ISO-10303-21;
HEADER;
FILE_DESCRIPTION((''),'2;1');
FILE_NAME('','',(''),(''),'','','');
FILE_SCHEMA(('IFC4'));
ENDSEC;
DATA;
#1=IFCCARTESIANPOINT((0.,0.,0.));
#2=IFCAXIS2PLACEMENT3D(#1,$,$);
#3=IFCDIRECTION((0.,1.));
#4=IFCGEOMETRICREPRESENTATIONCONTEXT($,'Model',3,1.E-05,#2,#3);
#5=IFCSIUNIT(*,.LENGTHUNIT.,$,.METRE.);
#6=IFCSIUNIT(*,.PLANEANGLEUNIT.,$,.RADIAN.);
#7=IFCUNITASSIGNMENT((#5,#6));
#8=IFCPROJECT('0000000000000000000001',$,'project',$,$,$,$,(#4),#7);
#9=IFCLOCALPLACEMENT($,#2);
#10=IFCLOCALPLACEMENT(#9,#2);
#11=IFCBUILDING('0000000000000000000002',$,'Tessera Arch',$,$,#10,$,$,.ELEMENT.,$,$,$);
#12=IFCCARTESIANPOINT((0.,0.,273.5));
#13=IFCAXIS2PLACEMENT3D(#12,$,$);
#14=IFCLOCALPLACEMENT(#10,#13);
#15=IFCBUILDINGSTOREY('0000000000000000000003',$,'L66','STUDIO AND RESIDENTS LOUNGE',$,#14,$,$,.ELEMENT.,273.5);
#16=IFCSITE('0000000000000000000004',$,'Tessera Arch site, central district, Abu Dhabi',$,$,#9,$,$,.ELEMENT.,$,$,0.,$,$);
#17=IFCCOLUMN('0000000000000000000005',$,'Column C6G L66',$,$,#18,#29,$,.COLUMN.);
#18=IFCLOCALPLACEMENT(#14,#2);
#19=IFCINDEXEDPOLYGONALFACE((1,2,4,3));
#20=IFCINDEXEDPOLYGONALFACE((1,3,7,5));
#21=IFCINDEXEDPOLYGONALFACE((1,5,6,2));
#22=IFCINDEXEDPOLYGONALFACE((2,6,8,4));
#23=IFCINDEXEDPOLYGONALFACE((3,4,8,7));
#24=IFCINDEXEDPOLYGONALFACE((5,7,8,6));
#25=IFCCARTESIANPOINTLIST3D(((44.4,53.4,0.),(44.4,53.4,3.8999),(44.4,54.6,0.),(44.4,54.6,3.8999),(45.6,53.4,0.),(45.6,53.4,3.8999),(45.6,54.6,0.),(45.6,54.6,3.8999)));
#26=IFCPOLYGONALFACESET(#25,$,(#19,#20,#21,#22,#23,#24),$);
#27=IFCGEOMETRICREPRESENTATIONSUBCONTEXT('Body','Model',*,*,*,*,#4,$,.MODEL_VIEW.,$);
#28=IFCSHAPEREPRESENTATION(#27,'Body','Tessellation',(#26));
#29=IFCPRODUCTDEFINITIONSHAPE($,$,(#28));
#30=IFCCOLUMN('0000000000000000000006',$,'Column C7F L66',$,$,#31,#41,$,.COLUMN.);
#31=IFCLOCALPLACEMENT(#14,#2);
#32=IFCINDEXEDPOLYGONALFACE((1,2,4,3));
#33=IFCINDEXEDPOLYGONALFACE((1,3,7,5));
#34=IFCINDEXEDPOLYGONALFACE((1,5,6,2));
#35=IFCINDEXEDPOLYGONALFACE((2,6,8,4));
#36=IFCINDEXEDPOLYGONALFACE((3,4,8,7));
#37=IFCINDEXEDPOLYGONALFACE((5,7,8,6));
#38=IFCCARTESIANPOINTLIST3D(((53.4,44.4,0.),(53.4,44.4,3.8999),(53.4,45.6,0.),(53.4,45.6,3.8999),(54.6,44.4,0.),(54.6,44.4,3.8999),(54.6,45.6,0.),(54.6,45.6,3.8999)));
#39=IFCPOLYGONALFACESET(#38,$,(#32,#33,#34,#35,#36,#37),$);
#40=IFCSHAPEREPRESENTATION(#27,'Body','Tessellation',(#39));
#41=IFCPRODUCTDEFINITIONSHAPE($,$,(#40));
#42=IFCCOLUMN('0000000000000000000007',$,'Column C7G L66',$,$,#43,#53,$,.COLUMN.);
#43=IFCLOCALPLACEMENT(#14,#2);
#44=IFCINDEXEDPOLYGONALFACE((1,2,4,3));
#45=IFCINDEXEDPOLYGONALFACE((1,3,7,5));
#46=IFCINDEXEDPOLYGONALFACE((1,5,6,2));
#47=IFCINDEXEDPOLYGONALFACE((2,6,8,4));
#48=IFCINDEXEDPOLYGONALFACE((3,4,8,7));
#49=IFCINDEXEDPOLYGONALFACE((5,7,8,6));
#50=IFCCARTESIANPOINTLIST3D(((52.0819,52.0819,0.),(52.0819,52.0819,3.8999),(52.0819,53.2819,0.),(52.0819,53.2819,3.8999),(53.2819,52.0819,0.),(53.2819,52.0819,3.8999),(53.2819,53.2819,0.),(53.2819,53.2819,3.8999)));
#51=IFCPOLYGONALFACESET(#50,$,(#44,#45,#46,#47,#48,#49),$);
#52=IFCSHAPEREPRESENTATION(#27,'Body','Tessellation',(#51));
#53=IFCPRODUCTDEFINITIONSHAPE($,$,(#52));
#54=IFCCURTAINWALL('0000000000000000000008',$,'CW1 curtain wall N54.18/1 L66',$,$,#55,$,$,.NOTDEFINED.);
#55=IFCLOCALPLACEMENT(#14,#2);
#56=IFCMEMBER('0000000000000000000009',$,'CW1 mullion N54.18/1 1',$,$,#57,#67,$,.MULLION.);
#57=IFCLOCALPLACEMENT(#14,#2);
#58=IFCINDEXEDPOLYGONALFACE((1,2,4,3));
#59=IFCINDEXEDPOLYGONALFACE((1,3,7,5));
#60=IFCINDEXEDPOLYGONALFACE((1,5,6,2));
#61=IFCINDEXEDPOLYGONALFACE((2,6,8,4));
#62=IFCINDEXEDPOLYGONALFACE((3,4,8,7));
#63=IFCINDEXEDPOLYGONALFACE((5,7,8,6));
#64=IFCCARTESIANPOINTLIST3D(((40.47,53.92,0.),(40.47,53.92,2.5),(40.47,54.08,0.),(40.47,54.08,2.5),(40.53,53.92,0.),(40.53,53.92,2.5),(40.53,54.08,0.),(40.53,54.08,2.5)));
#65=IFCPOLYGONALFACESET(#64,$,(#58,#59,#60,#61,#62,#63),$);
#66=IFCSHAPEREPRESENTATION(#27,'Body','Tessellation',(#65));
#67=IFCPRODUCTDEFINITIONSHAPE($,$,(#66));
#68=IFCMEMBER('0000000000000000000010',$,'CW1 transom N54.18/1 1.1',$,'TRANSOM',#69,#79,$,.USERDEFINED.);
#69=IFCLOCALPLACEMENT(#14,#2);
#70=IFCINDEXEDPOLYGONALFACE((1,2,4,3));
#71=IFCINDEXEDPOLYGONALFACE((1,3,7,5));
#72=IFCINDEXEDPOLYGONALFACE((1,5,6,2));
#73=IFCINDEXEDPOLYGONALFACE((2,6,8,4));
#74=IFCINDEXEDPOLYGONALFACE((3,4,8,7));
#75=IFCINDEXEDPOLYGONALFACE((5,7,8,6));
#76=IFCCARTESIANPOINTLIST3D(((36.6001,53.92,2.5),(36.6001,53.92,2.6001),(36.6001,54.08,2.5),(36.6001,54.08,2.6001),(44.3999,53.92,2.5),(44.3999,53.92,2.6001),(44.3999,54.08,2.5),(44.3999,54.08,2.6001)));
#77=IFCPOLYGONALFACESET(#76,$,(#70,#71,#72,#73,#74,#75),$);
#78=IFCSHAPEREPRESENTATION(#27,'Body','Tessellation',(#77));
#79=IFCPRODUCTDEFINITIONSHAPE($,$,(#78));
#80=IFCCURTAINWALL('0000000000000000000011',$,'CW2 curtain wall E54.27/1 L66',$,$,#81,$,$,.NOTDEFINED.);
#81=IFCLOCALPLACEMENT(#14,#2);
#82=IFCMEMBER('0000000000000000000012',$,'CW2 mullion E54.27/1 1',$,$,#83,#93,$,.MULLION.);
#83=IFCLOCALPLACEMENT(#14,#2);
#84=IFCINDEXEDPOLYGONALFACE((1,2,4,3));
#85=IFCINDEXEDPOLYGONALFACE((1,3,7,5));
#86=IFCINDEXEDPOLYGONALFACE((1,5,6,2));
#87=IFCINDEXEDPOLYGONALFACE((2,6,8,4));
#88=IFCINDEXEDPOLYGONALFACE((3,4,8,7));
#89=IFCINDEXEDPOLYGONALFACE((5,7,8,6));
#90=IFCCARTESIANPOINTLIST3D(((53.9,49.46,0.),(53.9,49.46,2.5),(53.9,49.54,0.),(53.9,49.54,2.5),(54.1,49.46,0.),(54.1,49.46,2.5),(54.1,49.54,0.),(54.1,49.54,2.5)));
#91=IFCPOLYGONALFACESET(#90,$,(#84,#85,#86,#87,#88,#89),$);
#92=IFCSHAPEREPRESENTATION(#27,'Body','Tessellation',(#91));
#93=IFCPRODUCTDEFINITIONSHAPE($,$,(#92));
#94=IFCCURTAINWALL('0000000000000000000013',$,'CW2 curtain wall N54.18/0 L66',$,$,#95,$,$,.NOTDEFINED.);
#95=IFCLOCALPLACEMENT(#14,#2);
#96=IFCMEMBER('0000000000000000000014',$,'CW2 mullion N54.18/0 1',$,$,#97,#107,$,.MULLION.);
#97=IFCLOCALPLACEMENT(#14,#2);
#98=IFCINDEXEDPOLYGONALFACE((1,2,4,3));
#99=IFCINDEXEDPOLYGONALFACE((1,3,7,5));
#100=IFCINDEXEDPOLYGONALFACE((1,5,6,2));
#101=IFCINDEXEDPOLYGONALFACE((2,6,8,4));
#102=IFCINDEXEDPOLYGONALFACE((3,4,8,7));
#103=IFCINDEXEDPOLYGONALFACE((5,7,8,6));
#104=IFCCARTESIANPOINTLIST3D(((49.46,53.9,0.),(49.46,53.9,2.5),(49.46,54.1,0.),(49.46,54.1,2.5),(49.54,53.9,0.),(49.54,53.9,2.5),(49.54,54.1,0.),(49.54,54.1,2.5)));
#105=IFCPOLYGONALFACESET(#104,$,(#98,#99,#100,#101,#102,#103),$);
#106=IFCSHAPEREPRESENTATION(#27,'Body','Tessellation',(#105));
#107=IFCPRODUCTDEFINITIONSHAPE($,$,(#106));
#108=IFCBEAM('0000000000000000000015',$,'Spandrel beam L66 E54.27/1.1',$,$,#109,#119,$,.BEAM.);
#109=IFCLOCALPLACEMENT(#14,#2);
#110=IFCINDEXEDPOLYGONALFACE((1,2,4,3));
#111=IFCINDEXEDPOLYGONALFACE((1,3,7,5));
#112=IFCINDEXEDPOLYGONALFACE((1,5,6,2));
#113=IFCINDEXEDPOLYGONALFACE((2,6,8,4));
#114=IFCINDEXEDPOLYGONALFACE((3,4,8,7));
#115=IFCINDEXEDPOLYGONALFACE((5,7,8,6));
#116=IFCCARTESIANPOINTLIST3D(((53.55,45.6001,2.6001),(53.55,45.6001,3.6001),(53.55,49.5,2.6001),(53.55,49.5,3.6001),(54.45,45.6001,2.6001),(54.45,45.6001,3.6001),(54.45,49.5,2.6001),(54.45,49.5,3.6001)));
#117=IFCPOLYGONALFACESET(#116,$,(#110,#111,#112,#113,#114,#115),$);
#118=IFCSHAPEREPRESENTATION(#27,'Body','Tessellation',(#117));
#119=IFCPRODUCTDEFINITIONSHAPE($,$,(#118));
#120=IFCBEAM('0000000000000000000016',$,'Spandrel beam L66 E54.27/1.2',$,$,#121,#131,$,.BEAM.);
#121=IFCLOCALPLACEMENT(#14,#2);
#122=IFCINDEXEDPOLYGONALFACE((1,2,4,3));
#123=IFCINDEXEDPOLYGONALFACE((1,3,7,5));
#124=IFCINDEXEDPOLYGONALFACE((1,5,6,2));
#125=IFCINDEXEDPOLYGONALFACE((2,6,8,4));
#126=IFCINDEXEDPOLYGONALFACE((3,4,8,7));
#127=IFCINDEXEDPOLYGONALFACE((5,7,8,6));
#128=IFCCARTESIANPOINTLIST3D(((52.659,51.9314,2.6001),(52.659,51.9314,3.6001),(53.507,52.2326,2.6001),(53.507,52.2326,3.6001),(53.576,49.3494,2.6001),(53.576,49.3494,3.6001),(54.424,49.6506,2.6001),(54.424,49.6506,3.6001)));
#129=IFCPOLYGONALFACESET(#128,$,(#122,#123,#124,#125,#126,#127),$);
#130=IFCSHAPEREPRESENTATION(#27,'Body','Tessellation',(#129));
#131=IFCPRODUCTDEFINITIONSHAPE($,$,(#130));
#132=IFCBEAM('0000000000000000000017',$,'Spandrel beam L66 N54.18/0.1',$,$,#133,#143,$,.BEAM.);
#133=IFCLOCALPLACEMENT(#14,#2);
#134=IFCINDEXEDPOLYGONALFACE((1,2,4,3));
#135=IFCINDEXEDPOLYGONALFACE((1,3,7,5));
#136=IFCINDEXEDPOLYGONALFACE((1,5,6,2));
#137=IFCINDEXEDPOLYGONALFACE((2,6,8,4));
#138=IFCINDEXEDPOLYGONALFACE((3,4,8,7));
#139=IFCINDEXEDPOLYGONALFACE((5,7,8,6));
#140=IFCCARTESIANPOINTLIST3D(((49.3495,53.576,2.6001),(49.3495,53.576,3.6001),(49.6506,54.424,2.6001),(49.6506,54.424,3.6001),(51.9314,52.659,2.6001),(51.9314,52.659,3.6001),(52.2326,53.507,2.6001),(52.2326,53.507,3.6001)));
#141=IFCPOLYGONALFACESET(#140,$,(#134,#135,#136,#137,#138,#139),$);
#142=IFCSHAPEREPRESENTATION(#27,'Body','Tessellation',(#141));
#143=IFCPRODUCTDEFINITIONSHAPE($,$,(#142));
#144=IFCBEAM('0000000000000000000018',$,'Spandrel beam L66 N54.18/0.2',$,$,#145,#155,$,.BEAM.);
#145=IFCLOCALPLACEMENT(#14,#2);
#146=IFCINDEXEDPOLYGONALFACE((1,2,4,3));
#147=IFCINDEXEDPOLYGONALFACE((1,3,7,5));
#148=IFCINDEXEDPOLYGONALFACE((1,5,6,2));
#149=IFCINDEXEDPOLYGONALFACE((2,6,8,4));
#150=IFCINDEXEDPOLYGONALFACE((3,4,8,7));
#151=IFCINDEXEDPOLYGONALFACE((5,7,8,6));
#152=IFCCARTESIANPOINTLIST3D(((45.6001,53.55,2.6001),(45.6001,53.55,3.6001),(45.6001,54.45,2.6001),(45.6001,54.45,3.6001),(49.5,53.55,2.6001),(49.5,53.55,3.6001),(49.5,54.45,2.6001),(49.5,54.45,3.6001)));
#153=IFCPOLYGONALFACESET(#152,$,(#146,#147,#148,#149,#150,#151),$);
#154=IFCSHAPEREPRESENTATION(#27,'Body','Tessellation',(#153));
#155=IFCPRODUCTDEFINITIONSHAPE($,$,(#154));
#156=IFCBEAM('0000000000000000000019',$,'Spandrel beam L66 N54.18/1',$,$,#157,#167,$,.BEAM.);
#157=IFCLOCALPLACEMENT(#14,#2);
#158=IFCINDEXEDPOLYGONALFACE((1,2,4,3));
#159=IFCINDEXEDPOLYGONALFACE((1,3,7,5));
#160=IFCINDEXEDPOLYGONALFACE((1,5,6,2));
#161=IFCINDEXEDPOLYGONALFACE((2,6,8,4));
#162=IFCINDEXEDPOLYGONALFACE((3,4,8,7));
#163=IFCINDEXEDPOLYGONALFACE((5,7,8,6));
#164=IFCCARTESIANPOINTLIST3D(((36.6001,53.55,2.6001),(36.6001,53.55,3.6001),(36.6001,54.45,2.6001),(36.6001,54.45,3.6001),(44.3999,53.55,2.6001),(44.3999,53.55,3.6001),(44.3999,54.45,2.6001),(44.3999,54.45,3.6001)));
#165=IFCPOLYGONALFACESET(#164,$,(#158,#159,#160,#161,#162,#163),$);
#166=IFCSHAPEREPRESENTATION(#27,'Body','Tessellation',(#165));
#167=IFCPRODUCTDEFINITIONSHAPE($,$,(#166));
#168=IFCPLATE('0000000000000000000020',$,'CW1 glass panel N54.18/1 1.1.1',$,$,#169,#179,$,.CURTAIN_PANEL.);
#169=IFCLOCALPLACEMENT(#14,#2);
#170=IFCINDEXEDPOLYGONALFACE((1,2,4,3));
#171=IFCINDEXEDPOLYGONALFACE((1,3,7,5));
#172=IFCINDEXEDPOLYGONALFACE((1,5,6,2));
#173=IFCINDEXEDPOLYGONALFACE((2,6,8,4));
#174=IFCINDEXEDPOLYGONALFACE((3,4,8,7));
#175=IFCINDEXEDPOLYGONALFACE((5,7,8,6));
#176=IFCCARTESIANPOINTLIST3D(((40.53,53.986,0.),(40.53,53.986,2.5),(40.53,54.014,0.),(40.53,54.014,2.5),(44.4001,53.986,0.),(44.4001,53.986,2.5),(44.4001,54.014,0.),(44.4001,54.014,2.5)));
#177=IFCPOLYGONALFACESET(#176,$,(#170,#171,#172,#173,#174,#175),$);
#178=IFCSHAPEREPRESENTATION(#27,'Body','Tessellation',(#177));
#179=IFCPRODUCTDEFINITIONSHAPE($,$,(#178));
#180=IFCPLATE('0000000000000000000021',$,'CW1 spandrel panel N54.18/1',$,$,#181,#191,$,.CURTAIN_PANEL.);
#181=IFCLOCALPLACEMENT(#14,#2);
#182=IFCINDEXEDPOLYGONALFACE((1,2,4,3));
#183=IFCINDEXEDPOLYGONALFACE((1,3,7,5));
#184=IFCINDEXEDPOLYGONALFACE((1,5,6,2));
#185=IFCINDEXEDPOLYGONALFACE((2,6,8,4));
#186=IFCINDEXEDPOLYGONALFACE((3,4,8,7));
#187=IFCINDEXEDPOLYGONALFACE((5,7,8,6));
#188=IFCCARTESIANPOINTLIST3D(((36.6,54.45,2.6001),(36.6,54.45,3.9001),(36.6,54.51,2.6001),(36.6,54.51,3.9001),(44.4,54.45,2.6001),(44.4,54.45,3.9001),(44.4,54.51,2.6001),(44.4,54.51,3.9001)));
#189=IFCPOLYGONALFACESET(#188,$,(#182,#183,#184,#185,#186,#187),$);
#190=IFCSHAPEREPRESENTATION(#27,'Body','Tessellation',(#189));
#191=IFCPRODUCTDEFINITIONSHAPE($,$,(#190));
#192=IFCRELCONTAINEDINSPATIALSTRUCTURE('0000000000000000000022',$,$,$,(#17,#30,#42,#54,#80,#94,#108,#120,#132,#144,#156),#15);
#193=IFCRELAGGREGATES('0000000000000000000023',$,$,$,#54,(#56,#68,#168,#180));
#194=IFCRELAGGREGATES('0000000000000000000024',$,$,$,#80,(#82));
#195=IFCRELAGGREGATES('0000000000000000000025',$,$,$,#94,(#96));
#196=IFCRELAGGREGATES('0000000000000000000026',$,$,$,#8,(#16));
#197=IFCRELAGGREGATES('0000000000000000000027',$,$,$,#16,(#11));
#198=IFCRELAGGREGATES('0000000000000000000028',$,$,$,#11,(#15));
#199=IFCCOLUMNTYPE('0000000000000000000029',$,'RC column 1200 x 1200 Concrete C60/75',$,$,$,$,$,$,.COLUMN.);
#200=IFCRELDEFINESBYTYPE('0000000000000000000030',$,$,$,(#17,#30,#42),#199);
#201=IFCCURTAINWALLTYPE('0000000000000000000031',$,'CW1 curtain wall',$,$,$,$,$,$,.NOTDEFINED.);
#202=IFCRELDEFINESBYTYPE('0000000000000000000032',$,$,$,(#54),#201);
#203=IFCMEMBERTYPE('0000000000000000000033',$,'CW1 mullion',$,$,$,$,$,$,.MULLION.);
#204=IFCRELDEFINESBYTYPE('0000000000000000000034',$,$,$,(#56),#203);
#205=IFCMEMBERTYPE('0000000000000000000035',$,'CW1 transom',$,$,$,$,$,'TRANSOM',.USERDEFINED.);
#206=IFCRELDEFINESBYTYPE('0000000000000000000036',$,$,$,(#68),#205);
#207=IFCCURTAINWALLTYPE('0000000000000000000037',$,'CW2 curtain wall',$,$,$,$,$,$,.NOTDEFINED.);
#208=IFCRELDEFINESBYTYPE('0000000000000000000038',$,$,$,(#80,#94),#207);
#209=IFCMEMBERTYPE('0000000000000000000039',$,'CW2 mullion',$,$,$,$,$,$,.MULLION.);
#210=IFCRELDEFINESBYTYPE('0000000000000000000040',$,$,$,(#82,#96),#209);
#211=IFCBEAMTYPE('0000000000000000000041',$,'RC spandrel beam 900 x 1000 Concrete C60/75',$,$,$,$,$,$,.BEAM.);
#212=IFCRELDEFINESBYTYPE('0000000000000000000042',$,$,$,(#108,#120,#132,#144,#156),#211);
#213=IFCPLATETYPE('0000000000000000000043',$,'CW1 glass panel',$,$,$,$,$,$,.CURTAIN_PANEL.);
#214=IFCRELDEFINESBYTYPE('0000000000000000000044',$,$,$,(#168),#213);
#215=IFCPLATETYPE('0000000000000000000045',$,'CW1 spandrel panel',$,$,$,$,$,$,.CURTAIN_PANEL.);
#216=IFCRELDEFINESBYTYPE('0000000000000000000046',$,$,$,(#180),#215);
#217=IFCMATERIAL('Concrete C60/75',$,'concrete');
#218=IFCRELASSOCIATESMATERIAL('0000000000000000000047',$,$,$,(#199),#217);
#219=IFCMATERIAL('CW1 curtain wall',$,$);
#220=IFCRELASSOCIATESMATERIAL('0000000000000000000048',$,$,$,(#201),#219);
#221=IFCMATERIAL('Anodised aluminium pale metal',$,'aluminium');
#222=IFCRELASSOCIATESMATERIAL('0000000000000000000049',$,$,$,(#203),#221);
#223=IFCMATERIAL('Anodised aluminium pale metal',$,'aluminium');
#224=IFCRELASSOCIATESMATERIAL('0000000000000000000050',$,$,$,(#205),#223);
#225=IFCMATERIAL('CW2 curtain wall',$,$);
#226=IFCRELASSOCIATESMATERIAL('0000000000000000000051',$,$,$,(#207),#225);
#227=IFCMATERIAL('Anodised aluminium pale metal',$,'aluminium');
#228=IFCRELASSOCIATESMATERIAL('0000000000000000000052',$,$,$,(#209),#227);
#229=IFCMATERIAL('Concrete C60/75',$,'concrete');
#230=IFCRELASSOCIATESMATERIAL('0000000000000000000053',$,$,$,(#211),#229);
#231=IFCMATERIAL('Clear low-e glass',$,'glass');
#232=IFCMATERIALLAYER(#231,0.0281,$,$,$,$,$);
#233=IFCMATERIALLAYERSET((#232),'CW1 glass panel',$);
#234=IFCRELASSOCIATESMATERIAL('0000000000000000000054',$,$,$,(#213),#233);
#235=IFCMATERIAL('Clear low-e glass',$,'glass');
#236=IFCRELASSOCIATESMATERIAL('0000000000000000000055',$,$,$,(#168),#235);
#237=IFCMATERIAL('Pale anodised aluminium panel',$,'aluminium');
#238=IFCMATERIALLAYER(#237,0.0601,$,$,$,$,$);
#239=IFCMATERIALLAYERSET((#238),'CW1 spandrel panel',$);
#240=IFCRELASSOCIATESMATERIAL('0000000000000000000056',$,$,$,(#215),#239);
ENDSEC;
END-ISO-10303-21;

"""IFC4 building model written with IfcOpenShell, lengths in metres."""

from ifc_helpers import new_model, si_unit, direction, frame, origin, origin_2d, place, context, subcontext, project, spatial, rectangle, extrude, material, layer, layer_set, material_profile, profile_set, type_object, element, aggregate, save


model = new_model("IFC4")

# Units and contexts
model_context = context("Model", 3, precision=1e-05, world=origin(), true_north=direction((0.0, 1.0)))
body_context = subcontext(model_context, "Body", "Model", "MODEL_VIEW")
ifc_project = project(units=[si_unit("LENGTHUNIT", "METRE"), si_unit("PLANEANGLEUNIT", "RADIAN")], contexts=[model_context])

# Site, building, storey
site_placement = place(None, origin())
site = spatial("IfcSite", under=ifc_project, at=site_placement, Name="Tessera Arch site, central district, Abu Dhabi", CompositionType="ELEMENT", RefElevation=0.0)
building_placement = place(site_placement, origin())
building = spatial("IfcBuilding", under=site, at=building_placement, Name="Tessera Arch", CompositionType="ELEMENT")
storey_placement = place(building_placement, frame((0.0, 0.0, 273.5)))
storey = spatial("IfcBuildingStorey", under=building, at=storey_placement, Name="L66", Description="STUDIO AND RESIDENTS LOUNGE", CompositionType="ELEMENT", Elevation=273.5)

# Columns
ifc_material_1 = material(Name="Concrete C60/75", Category="concrete")
ifc_material_profile_1 = material_profile(ifc_material_1, rectangle(XDim=1.2, YDim=1.2, at=origin_2d()), Name="RC column 1200 x 1200 Concrete C60/75")
ifc_profile_set_1 = profile_set([ifc_material_profile_1], Name="Concrete C60/75")
column_type = type_object("IfcColumnType", Name="RC column 1200 x 1200 Concrete C60/75", PredefinedType="COLUMN", material=ifc_profile_set_1)
for number, where, z_axis, x_axis, name in (
    (1, (45.0, 54.0, 0.0), (0.0, 0.0, 1.0), (1.0, 0.0, 0.0), "Column C6G L66"),
    (2, (54.0, 45.0, 0.0), (0.0, 0.0, 1.0), (1.0, 0.0, 0.0), "Column C7F L66"),
    (3, (52.6819, 52.6819, 0.0), (0.0, 0.0, 1.0), (1.0, 0.0, 0.0), "Column C7G L66"),
):
    element("IfcColumn", number, at=place(storey_placement, frame(where, z_axis=z_axis, x_axis=x_axis)), inside=storey, type_object=column_type, Name=name, PredefinedType="COLUMN", context=body_context, shape_type="SweptSolid", body=[
        extrude(rectangle(XDim=1.2, YDim=1.2, at=origin_2d()), origin(), (0.0, 0.0, 1.0), 3.8999),
    ])

# Curtain wall, members
ifc_material_2 = material(Name="CW1 curtain wall")
curtain_wall_type_1 = type_object("IfcCurtainWallType", Name="CW1 curtain wall", PredefinedType="NOTDEFINED", material=ifc_material_2)
curtain_wall_1_placement = place(storey_placement, origin())
curtain_wall_1 = element("IfcCurtainWall", 4, at=curtain_wall_1_placement, inside=storey, type_object=curtain_wall_type_1, Name="CW1 curtain wall N54.18/1 L66", PredefinedType="NOTDEFINED")
ifc_material_3 = material(Name="Anodised aluminium pale metal", Category="aluminium")
ifc_material_profile_2 = material_profile(ifc_material_3, rectangle(XDim=0.1599, YDim=0.0601, at=origin_2d()), Name="AL 60x160")
ifc_profile_set_2 = profile_set([ifc_material_profile_2], Name="Anodised aluminium pale metal")
member_type_1 = type_object("IfcMemberType", Name="CW1 mullion", PredefinedType="MULLION", material=ifc_profile_set_2)
member_1_placement = place(storey_placement, frame((40.5, 54.0, 0.0), z_axis=(0.0, 0.0, 1.0), x_axis=(0.0, -1.0, 0.0)))
member_1 = element("IfcMember", 5, at=member_1_placement, type_object=member_type_1, Name="CW1 mullion N54.18/1 1", PredefinedType="MULLION", context=body_context, shape_type="SweptSolid", body=[
    extrude(rectangle(XDim=0.1599, YDim=0.0601, at=origin_2d()), origin(), (0.0, 0.0, 1.0), 2.5),
])
ifc_material_4 = material(Name="Anodised aluminium pale metal", Category="aluminium")
ifc_material_profile_3 = material_profile(ifc_material_4, rectangle(XDim=0.1599, YDim=0.1001, at=origin_2d()), Name="AL 160x100")
ifc_profile_set_3 = profile_set([ifc_material_profile_3], Name="Anodised aluminium pale metal")
member_type_2 = type_object("IfcMemberType", Name="CW1 transom", ElementType="TRANSOM", PredefinedType="USERDEFINED", material=ifc_profile_set_3)
member_2_placement = place(storey_placement, frame((44.3999, 54.0, 2.55), z_axis=(-1.0, 0.0, 0.0), x_axis=(0.0, -1.0, 0.0)))
member_2 = element("IfcMember", 6, at=member_2_placement, type_object=member_type_2, Name="CW1 transom N54.18/1 1.1", ObjectType="TRANSOM", PredefinedType="USERDEFINED", context=body_context, shape_type="SweptSolid", body=[
    extrude(rectangle(XDim=0.1599, YDim=0.1001, at=origin_2d()), origin(), (0.0, 0.0, 1.0), 7.7998),
])

# Curtain walls, members
ifc_material_5 = material(Name="CW2 curtain wall")
curtain_wall_type_2 = type_object("IfcCurtainWallType", Name="CW2 curtain wall", PredefinedType="NOTDEFINED", material=ifc_material_5)
curtain_wall_2_placement = place(storey_placement, origin())
curtain_wall_2 = element("IfcCurtainWall", 7, at=curtain_wall_2_placement, inside=storey, type_object=curtain_wall_type_2, Name="CW2 curtain wall E54.27/1 L66", PredefinedType="NOTDEFINED")
ifc_material_6 = material(Name="Anodised aluminium pale metal", Category="aluminium")
ifc_material_profile_4 = material_profile(ifc_material_6, rectangle(XDim=0.2, YDim=0.0801, at=origin_2d()), Name="AL 80x200")
ifc_profile_set_4 = profile_set([ifc_material_profile_4], Name="Anodised aluminium pale metal")
member_type_3 = type_object("IfcMemberType", Name="CW2 mullion", PredefinedType="MULLION", material=ifc_profile_set_4)
member_3_placement = place(storey_placement, frame((54.0, 49.5, 0.0), z_axis=(0.0, 0.0, 1.0), x_axis=(-1.0, 0.0, 0.0)))
member_3 = element("IfcMember", 8, at=member_3_placement, type_object=member_type_3, Name="CW2 mullion E54.27/1 1", PredefinedType="MULLION", context=body_context, shape_type="SweptSolid", body=[
    extrude(rectangle(XDim=0.2, YDim=0.0801, at=origin_2d()), origin(), (0.0, 0.0, 1.0), 2.5),
])
curtain_wall_3_placement = place(storey_placement, origin())
curtain_wall_3 = element("IfcCurtainWall", 9, at=curtain_wall_3_placement, inside=storey, type_object=curtain_wall_type_2, Name="CW2 curtain wall N54.18/0 L66", PredefinedType="NOTDEFINED")
member_4_placement = place(storey_placement, frame((49.5, 54.0, 0.0), z_axis=(0.0, 0.0, 1.0), x_axis=(0.0, -1.0, 0.0)))
member_4 = element("IfcMember", 10, at=member_4_placement, type_object=member_type_3, Name="CW2 mullion N54.18/0 1", PredefinedType="MULLION", context=body_context, shape_type="SweptSolid", body=[
    extrude(rectangle(XDim=0.2, YDim=0.0801, at=origin_2d()), origin(), (0.0, 0.0, 1.0), 2.5),
])

# Beams
ifc_material_7 = material(Name="Concrete C60/75", Category="concrete")
ifc_material_profile_5 = material_profile(ifc_material_7, rectangle(XDim=0.8999, YDim=1.0, at=origin_2d()), Name="RC spandrel beam 900 x 1000 Concrete C60/75")
ifc_profile_set_5 = profile_set([ifc_material_profile_5], Name="Concrete C60/75")
beam_type = type_object("IfcBeamType", Name="RC spandrel beam 900 x 1000 Concrete C60/75", PredefinedType="BEAM", material=ifc_profile_set_5)
beam_1_placement = place(storey_placement, frame((54.0, 45.6001, 3.1001), z_axis=(0.0, 1.0, 0.0), x_axis=(-1.0, 0.0, 0.0)))
element("IfcBeam", 11, at=beam_1_placement, inside=storey, type_object=beam_type, Name="Spandrel beam L66 E54.27/1.1", PredefinedType="BEAM", context=body_context, shape_type="SweptSolid", body=[
    extrude(rectangle(XDim=0.8999, YDim=1.0, at=origin_2d()), origin(), (0.0, 0.0, 1.0), 3.8999),
])
for number, where, z_axis, x_axis, name in (
    (12, (54.0, 49.5, 3.1001), (-0.334665, 0.942337, 0.0), (-0.942337, -0.334665, 0.0), "Spandrel beam L66 E54.27/1.2"),
    (13, (52.082, 53.083, 3.1001), (-0.942337, 0.334665, 0.0), (-0.334665, -0.942337, 0.0), "Spandrel beam L66 N54.18/0.1"),
):
    element("IfcBeam", number, at=place(storey_placement, frame(where, z_axis=z_axis, x_axis=x_axis)), inside=storey, type_object=beam_type, Name=name, PredefinedType="BEAM", context=body_context, shape_type="SweptSolid", body=[
        extrude(rectangle(XDim=0.8999, YDim=1.0, at=origin_2d()), origin(), (0.0, 0.0, 1.0), 2.74),
    ])
beam_2_placement = place(storey_placement, frame((49.5, 54.0, 3.1001), z_axis=(-1.0, 0.0, 0.0), x_axis=(0.0, -1.0, 0.0)))
element("IfcBeam", 14, at=beam_2_placement, inside=storey, type_object=beam_type, Name="Spandrel beam L66 N54.18/0.2", PredefinedType="BEAM", context=body_context, shape_type="SweptSolid", body=[
    extrude(rectangle(XDim=0.8999, YDim=1.0, at=origin_2d()), origin(), (0.0, 0.0, 1.0), 3.8999),
])
beam_3_placement = place(storey_placement, frame((44.3999, 54.0, 3.1001), z_axis=(-1.0, 0.0, 0.0), x_axis=(0.0, -1.0, 0.0)))
element("IfcBeam", 15, at=beam_3_placement, inside=storey, type_object=beam_type, Name="Spandrel beam L66 N54.18/1", PredefinedType="BEAM", context=body_context, shape_type="SweptSolid", body=[
    extrude(rectangle(XDim=0.8999, YDim=1.0, at=origin_2d()), origin(), (0.0, 0.0, 1.0), 7.7998),
])

# Plates
ifc_material_8 = material(Name="Clear low-e glass", Category="glass")
ifc_material_9 = material(Name="Clear low-e glass", Category="glass")
ifc_layer_1 = layer(ifc_material_9, 0.0281)
ifc_layer_set_1 = layer_set([ifc_layer_1], Name="CW1 glass panel")
plate_type_1 = type_object("IfcPlateType", Name="CW1 glass panel", PredefinedType="CURTAIN_PANEL", material=ifc_layer_set_1)
plate_1_placement = place(storey_placement, frame((42.4651, 54.0, 0.0), z_axis=(0.0, 0.0, 1.0), x_axis=(-1.0, 0.0, 0.0)))
plate_1 = element("IfcPlate", 16, at=plate_1_placement, type_object=plate_type_1, material=ifc_material_8, Name="CW1 glass panel N54.18/1 1.1.1", PredefinedType="CURTAIN_PANEL", context=body_context, shape_type="SweptSolid", body=[
    extrude(rectangle(XDim=3.8701, YDim=0.0281, at=origin_2d()), origin(), (0.0, 0.0, 1.0), 2.5),
])
ifc_material_10 = material(Name="Pale anodised aluminium panel", Category="aluminium")
ifc_layer_2 = layer(ifc_material_10, 0.0601)
ifc_layer_set_2 = layer_set([ifc_layer_2], Name="CW1 spandrel panel")
plate_type_2 = type_object("IfcPlateType", Name="CW1 spandrel panel", PredefinedType="CURTAIN_PANEL", material=ifc_layer_set_2)
plate_2_placement = place(storey_placement, frame((40.5, 54.48, 2.6001), z_axis=(0.0, 0.0, 1.0), x_axis=(-1.0, 0.0, 0.0)))
plate_2 = element("IfcPlate", 17, at=plate_2_placement, type_object=plate_type_2, Name="CW1 spandrel panel N54.18/1", PredefinedType="CURTAIN_PANEL", context=body_context, shape_type="SweptSolid", body=[
    extrude(rectangle(XDim=7.8, YDim=0.0601, at=origin_2d()), origin(), (0.0, 0.0, 1.0), 1.3),
])
aggregate(curtain_wall_1, [member_1, member_2, plate_1, plate_2])
aggregate(curtain_wall_2, [member_3])
aggregate(curtain_wall_3, [member_4])

save(model, "model.ifc")
